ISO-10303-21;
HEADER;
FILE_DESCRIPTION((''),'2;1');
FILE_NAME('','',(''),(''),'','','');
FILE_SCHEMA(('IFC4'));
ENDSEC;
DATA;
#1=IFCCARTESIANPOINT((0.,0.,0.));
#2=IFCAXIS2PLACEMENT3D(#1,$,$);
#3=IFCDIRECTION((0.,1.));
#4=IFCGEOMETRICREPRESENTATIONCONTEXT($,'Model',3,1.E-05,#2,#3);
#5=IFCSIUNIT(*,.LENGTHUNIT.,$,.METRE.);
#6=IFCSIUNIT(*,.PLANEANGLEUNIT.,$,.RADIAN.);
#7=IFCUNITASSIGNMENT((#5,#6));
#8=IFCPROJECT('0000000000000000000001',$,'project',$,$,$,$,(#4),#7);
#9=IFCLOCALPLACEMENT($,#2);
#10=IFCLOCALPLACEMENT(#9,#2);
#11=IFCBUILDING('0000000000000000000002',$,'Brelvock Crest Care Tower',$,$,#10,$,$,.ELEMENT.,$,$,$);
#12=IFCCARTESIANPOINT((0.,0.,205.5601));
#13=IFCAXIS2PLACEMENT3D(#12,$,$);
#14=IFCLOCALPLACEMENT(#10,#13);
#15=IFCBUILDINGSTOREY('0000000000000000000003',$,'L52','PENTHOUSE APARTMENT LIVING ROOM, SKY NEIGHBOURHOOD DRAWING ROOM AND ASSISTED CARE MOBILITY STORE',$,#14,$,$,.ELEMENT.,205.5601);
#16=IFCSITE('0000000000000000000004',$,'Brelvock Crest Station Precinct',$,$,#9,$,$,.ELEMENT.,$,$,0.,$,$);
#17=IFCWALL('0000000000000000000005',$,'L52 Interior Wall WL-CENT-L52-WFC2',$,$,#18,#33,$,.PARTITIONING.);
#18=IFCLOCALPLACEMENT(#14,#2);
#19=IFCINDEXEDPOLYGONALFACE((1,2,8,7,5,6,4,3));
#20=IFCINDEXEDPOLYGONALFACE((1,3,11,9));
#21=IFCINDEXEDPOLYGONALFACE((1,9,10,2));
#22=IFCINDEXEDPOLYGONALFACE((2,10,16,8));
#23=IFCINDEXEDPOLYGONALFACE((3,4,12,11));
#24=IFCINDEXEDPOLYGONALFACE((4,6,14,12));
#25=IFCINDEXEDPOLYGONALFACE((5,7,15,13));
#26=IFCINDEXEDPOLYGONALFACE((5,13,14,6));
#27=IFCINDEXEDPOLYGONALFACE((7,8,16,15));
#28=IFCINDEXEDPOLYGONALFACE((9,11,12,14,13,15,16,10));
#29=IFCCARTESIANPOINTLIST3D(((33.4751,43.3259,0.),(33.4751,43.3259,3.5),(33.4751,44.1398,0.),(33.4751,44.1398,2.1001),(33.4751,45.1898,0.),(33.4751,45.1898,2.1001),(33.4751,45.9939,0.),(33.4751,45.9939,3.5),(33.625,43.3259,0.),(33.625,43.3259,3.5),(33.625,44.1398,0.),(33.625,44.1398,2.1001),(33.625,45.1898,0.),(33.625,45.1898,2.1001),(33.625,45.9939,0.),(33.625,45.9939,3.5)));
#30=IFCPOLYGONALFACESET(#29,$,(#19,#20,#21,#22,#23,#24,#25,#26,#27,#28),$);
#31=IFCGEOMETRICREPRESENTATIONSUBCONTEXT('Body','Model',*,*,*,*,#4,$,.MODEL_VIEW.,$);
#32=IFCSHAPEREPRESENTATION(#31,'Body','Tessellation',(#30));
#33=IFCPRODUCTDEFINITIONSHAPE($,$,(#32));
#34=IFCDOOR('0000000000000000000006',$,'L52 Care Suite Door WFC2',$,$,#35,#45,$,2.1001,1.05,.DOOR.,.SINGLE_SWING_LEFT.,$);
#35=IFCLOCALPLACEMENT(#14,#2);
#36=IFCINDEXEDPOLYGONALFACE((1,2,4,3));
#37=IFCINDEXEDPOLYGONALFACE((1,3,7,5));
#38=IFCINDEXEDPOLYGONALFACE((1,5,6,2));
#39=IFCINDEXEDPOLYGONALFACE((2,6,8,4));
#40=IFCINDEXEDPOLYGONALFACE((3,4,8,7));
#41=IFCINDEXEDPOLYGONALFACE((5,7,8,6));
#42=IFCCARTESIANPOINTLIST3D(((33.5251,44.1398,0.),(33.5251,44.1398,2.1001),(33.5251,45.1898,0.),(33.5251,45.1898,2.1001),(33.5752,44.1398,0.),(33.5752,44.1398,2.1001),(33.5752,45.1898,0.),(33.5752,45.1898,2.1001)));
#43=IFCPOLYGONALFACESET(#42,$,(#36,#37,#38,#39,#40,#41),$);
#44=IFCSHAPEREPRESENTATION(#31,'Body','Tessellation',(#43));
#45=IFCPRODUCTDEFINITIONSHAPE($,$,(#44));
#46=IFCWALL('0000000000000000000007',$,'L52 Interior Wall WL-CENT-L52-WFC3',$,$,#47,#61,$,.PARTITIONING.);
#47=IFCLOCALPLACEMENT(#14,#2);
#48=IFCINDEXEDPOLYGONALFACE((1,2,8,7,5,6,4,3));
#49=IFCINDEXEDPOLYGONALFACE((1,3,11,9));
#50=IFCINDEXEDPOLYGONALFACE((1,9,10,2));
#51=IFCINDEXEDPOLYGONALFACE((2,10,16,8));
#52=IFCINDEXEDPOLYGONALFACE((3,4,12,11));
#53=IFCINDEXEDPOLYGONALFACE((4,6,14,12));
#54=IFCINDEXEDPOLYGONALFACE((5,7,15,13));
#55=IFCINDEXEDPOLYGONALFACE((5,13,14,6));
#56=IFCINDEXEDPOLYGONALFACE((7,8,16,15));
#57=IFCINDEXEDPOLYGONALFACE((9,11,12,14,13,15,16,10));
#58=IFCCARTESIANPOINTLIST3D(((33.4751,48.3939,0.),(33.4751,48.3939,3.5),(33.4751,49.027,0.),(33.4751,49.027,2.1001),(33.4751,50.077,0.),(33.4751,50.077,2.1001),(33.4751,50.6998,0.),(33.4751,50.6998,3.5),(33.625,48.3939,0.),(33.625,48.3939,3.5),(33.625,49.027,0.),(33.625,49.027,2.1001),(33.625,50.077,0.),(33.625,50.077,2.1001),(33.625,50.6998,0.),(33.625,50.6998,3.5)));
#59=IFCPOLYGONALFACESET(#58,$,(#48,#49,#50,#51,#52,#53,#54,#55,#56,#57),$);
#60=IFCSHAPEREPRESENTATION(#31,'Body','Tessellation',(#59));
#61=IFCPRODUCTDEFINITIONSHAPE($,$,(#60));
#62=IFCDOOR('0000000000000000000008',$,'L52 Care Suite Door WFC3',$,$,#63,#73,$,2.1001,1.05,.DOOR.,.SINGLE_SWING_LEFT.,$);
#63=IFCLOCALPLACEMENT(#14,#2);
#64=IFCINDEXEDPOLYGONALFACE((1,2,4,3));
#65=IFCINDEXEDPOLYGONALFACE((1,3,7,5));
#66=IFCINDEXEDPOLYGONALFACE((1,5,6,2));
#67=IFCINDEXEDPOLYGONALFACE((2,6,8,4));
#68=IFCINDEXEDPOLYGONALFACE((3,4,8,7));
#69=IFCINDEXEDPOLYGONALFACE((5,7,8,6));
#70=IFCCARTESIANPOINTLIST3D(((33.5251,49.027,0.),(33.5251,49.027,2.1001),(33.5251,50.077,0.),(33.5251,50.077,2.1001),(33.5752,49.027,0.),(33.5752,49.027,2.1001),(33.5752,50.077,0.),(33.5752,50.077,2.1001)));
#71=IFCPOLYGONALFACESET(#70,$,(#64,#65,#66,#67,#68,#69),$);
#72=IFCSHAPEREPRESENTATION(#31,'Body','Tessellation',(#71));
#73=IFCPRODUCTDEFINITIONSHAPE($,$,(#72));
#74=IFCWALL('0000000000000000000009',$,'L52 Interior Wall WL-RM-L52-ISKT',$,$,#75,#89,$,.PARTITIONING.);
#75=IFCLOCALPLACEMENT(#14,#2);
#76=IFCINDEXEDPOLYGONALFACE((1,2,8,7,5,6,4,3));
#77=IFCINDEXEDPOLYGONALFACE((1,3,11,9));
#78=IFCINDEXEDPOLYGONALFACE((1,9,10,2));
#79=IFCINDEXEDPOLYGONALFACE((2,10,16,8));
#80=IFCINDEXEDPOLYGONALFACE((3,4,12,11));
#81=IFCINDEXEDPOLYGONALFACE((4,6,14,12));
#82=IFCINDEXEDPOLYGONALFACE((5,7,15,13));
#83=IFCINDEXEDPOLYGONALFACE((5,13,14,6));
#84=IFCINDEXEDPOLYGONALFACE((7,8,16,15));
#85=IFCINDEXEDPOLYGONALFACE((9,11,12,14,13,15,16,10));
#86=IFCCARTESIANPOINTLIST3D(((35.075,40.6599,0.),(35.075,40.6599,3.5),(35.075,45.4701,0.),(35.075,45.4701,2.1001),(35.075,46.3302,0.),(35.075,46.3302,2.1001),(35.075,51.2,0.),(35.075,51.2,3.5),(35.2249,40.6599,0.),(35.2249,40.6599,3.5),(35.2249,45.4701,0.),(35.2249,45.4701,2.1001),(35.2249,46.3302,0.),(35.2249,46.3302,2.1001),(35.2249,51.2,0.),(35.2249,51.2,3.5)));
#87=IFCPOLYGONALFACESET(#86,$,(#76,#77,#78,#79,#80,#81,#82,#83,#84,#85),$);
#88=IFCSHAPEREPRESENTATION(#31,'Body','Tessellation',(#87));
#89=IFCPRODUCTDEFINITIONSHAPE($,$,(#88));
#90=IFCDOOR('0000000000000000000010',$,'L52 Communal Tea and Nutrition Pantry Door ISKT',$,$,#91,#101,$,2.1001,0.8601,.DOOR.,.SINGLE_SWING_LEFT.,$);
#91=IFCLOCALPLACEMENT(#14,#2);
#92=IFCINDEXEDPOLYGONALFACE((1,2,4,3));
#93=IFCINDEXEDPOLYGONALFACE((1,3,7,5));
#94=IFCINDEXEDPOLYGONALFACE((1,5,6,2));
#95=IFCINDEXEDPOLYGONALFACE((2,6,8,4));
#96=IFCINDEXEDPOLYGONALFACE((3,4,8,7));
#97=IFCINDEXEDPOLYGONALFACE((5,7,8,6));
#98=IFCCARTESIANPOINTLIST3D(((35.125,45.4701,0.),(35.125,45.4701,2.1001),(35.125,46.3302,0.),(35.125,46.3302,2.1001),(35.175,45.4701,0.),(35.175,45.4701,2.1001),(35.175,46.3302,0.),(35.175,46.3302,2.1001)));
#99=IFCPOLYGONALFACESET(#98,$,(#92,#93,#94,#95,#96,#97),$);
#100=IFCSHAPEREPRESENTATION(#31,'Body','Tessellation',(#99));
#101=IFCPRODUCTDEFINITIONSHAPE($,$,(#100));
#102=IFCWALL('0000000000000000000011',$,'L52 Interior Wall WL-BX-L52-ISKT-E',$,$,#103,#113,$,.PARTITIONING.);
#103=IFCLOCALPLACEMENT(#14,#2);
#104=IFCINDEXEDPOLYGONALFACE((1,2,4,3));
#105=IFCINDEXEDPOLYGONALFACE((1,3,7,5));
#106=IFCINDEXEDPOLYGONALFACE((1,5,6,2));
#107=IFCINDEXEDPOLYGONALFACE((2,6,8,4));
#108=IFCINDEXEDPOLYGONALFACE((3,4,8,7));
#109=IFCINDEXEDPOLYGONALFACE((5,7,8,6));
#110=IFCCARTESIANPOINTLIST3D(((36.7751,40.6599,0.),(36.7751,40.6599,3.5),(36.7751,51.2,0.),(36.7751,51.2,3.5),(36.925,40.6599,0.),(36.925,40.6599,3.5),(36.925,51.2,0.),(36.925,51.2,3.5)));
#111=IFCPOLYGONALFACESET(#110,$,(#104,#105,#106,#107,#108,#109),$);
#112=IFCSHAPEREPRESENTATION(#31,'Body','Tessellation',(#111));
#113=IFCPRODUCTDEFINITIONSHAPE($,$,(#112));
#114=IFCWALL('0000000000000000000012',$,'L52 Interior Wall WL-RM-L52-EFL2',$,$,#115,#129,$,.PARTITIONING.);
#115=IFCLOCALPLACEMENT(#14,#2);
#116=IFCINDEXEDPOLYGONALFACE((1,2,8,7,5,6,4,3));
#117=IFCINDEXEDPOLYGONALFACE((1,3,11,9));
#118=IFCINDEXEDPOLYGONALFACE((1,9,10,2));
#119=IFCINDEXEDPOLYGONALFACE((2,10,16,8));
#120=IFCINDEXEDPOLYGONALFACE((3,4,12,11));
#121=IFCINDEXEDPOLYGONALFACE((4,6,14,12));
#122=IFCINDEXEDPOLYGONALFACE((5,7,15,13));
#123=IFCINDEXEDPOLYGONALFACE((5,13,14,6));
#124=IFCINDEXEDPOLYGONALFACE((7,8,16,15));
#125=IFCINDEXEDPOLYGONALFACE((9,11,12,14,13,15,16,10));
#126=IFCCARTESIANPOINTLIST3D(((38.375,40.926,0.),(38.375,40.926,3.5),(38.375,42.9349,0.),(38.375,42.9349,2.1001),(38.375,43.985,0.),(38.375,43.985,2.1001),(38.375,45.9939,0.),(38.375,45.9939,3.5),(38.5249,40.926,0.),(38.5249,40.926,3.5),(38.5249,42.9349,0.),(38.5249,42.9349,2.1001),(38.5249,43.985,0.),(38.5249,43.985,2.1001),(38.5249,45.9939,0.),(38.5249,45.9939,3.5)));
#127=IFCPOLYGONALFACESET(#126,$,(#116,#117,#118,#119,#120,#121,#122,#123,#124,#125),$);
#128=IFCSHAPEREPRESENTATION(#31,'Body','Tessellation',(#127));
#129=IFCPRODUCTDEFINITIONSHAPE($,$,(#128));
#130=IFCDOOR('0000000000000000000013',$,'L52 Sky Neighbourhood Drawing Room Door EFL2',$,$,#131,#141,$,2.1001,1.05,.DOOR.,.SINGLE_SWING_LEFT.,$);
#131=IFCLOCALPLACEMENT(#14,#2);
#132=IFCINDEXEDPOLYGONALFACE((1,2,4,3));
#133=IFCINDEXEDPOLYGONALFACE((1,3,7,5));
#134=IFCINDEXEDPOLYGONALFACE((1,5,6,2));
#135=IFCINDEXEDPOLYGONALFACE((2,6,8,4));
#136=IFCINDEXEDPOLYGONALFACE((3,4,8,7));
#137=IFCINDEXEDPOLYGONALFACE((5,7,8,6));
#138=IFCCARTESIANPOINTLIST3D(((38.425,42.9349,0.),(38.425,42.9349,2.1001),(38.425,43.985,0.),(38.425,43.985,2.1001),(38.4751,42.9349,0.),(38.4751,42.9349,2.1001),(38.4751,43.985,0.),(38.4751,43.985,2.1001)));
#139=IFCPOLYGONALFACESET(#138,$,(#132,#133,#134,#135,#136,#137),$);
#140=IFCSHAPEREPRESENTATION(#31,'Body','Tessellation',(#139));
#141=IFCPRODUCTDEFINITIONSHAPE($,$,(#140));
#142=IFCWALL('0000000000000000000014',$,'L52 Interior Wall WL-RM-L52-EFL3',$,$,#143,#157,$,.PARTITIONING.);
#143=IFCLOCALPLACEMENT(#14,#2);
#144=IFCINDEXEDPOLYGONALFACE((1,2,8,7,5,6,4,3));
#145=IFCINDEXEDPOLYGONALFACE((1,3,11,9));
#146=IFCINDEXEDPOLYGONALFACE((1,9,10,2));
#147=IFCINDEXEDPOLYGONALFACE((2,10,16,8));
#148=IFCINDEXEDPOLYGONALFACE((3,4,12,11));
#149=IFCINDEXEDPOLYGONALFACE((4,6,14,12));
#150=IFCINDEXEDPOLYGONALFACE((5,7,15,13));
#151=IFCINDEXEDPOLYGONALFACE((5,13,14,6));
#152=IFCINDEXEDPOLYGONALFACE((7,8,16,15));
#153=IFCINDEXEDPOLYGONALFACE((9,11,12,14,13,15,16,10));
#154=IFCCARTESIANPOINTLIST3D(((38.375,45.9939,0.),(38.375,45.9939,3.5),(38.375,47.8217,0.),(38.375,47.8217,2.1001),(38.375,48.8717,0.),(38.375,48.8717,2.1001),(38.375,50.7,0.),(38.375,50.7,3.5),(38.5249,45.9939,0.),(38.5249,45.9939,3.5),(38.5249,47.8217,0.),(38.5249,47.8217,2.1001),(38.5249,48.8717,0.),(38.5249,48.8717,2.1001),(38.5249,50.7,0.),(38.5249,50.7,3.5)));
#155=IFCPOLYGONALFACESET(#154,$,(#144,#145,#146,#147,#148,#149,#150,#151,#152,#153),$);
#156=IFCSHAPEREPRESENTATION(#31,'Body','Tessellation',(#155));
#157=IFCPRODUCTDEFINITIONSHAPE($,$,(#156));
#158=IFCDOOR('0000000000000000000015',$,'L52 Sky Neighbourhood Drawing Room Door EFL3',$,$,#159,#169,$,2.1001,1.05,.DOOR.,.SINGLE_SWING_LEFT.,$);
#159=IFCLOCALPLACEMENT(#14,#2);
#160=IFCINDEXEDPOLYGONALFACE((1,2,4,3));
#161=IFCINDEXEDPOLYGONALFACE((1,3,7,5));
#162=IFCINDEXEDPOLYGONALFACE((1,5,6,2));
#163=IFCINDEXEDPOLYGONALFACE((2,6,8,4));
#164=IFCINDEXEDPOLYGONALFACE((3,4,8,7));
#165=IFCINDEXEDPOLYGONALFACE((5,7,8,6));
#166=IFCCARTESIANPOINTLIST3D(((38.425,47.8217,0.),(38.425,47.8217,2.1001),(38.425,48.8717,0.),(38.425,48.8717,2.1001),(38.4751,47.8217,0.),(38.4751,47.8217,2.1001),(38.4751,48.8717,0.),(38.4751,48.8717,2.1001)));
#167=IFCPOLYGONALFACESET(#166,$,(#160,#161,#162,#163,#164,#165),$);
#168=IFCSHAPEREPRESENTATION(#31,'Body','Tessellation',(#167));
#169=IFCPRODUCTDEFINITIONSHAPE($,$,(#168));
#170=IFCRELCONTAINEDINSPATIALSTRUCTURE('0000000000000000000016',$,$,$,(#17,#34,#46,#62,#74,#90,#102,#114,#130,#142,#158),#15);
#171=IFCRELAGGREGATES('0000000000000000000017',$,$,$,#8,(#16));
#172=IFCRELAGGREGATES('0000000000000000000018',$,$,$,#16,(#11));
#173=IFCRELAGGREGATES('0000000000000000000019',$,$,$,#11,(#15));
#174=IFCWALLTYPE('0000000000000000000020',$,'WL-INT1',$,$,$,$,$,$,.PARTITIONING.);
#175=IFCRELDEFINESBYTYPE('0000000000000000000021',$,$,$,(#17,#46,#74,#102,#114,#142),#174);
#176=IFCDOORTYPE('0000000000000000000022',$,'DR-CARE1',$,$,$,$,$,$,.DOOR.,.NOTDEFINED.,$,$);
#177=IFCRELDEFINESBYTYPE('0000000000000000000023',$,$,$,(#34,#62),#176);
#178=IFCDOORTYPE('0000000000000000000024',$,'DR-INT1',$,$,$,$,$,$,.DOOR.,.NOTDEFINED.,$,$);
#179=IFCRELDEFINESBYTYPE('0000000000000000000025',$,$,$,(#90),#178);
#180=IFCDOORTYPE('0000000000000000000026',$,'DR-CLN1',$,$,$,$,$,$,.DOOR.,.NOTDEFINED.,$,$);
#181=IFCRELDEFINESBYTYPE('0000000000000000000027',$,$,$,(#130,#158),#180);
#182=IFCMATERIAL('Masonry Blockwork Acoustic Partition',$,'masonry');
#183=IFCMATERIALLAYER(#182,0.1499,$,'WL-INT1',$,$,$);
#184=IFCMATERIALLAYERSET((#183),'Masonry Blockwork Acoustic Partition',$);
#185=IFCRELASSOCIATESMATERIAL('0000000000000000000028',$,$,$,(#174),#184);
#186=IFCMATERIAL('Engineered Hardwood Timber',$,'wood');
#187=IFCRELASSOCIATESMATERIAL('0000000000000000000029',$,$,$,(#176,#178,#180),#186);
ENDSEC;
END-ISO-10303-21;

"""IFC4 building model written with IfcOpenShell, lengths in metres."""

from ifc_helpers import new_model, si_unit, direction, frame, frame_2d, origin, origin_2d, place, context, subcontext, project, spatial, rectangle, extrude, source, transform, mapped, material, layer, layer_set, type_object, element, fill, save


model = new_model("IFC4")

# Units and contexts
model_context = context("Model", 3, precision=1e-05, world=origin(), true_north=direction((0.0, 1.0)))
body_context = subcontext(model_context, "Body", "Model", "MODEL_VIEW")
ifc_project = project(units=[si_unit("LENGTHUNIT", "METRE"), si_unit("PLANEANGLEUNIT", "RADIAN")], contexts=[model_context])

# Site, building, storey
site_placement = place(None, origin())
site = spatial("IfcSite", under=ifc_project, at=site_placement, Name="Brelvock Crest Station Precinct", CompositionType="ELEMENT", RefElevation=0.0)
building_placement = place(site_placement, origin())
building = spatial("IfcBuilding", under=site, at=building_placement, Name="Brelvock Crest Care Tower", CompositionType="ELEMENT")
storey_placement = place(building_placement, frame((0.0, 0.0, 205.5601)))
storey = spatial("IfcBuildingStorey", under=building, at=storey_placement, Name="L52", Description="PENTHOUSE APARTMENT LIVING ROOM, SKY NEIGHBOURHOOD DRAWING ROOM AND ASSISTED CARE MOBILITY STORE", CompositionType="ELEMENT", Elevation=205.5601)

# Shared definitions
ifc_material_1 = material(Name="Masonry Blockwork Acoustic Partition", Category="masonry")
ifc_layer_1 = layer(ifc_material_1, 0.1499, Name="WL-INT1")
ifc_layer_set_1 = layer_set([ifc_layer_1], Name="Masonry Blockwork Acoustic Partition")
wall_type_1 = type_object("IfcWallType", Name="WL-INT1", PredefinedType="PARTITIONING", material=ifc_layer_set_1)

# Walls, openings, doors
wall_1_placement = place(storey_placement, frame((33.55, 43.3259, 0.0), z_axis=(0.0, 0.0, 1.0), x_axis=(0.0, 1.0, 0.0)))
wall_1 = element("IfcWall", 1, at=wall_1_placement, inside=storey, type_object=wall_type_1, Name="L52 Interior Wall WL-CENT-L52-WFC2", PredefinedType="PARTITIONING", context=body_context, shape_type="SweptSolid", body=[
    extrude(rectangle(XDim=2.668, YDim=0.1499, at=frame_2d((1.334, 0.0))), origin(), (0.0, 0.0, 1.0), 3.5),
])
opening_1_placement = place(wall_1_placement, frame((0.814, 0.0, 0.0)))
opening_1 = element("IfcOpeningElement", 2, at=opening_1_placement, cuts=wall_1, PredefinedType="OPENING", context=body_context, shape_type="SweptSolid", body=[
    extrude(rectangle(XDim=1.05, YDim=2.1001, at=origin_2d()), frame((0.5249, 0.085, 1.05), z_axis=(0.0, -1.0, 0.0), x_axis=(1.0, 0.0, 0.0)), (0.0, 0.0, 1.0), 0.1699),
])
ifc_material_2 = material(Name="Engineered Hardwood Timber", Category="wood")
door_type_1 = type_object("IfcDoorType", Name="DR-CARE1", OperationType="NOTDEFINED", PredefinedType="DOOR", material=ifc_material_2)
shared_shape_1 = source(origin(), body_context, "Body", "SweptSolid", [
    extrude(rectangle(XDim=1.05, YDim=2.1001, at=origin_2d()), frame((0.5249, 0.0249, 1.05), z_axis=(0.0, -1.0, 0.0), x_axis=(1.0, 0.0, 0.0)), (0.0, 0.0, 1.0), 0.05),
])
door_1_placement = place(opening_1_placement, origin())
door_1 = element("IfcDoor", 3, at=door_1_placement, inside=storey, type_object=door_type_1, Name="L52 Care Suite Door WFC2", OperationType="SINGLE_SWING_LEFT", OverallHeight=2.1001, OverallWidth=1.05, PredefinedType="DOOR", context=body_context, shape_type="MappedRepresentation", body=[
    mapped(shared_shape_1, transform((0.0, 0.0, 0.0), x_axis=(1.0, 0.0, 0.0), y_axis=(0.0, 1.0, 0.0), z_axis=(0.0, 0.0, 1.0), scale=1.0)),
])
fill(opening_1, door_1)
wall_2_placement = place(storey_placement, frame((33.55, 48.394, 0.0), z_axis=(0.0, 0.0, 1.0), x_axis=(0.0, 1.0, 0.0)))
wall_2 = element("IfcWall", 4, at=wall_2_placement, inside=storey, type_object=wall_type_1, Name="L52 Interior Wall WL-CENT-L52-WFC3", PredefinedType="PARTITIONING", context=body_context, shape_type="SweptSolid", body=[
    extrude(rectangle(XDim=2.3059, YDim=0.1499, at=frame_2d((1.1528, 0.0))), origin(), (0.0, 0.0, 1.0), 3.5),
])
opening_2_placement = place(wall_2_placement, frame((0.6331, 0.0, 0.0)))
opening_2 = element("IfcOpeningElement", 5, at=opening_2_placement, cuts=wall_2, PredefinedType="OPENING", context=body_context, shape_type="SweptSolid", body=[
    extrude(rectangle(XDim=1.05, YDim=2.1001, at=origin_2d()), frame((0.5249, 0.085, 1.05), z_axis=(0.0, -1.0, 0.0), x_axis=(1.0, 0.0, 0.0)), (0.0, 0.0, 1.0), 0.1699),
])
door_2_placement = place(opening_2_placement, origin())
door_2 = element("IfcDoor", 6, at=door_2_placement, inside=storey, type_object=door_type_1, Name="L52 Care Suite Door WFC3", OperationType="SINGLE_SWING_LEFT", OverallHeight=2.1001, OverallWidth=1.05, PredefinedType="DOOR", context=body_context, shape_type="MappedRepresentation", body=[
    mapped(shared_shape_1, transform((0.0, 0.0, 0.0), x_axis=(1.0, 0.0, 0.0), y_axis=(0.0, 1.0, 0.0), z_axis=(0.0, 0.0, 1.0), scale=1.0)),
])
fill(opening_2, door_2)
wall_3_placement = place(storey_placement, frame((35.1499, 40.6599, 0.0), z_axis=(0.0, 0.0, 1.0), x_axis=(0.0, 1.0, 0.0)))
wall_3 = element("IfcWall", 7, at=wall_3_placement, inside=storey, type_object=wall_type_1, Name="L52 Interior Wall WL-RM-L52-ISKT", PredefinedType="PARTITIONING", context=body_context, shape_type="SweptSolid", body=[
    extrude(rectangle(XDim=10.54, YDim=0.1499, at=frame_2d((5.27, 0.0))), origin(), (0.0, 0.0, 1.0), 3.5),
])
opening_3_placement = place(wall_3_placement, frame((4.8101, 0.0, 0.0)))
opening_3 = element("IfcOpeningElement", 8, at=opening_3_placement, cuts=wall_3, PredefinedType="OPENING", context=body_context, shape_type="SweptSolid", body=[
    extrude(rectangle(XDim=0.8601, YDim=2.1001, at=origin_2d()), frame((0.4302, 0.085, 1.05), z_axis=(0.0, -1.0, 0.0), x_axis=(1.0, 0.0, 0.0)), (0.0, 0.0, 1.0), 0.1699),
])
door_type_2 = type_object("IfcDoorType", Name="DR-INT1", OperationType="NOTDEFINED", PredefinedType="DOOR", material=ifc_material_2)
shared_shape_2 = source(origin(), body_context, "Body", "SweptSolid", [
    extrude(rectangle(XDim=0.8601, YDim=2.1001, at=origin_2d()), frame((0.4302, 0.0249, 1.05), z_axis=(0.0, -1.0, 0.0), x_axis=(1.0, 0.0, 0.0)), (0.0, 0.0, 1.0), 0.05),
])
door_3_placement = place(opening_3_placement, origin())
door_3 = element("IfcDoor", 9, at=door_3_placement, inside=storey, type_object=door_type_2, Name="L52 Communal Tea and Nutrition Pantry Door ISKT", OperationType="SINGLE_SWING_LEFT", OverallHeight=2.1001, OverallWidth=0.8601, PredefinedType="DOOR", context=body_context, shape_type="MappedRepresentation", body=[
    mapped(shared_shape_2, transform((0.0, 0.0, 0.0), x_axis=(1.0, 0.0, 0.0), y_axis=(0.0, 1.0, 0.0), z_axis=(0.0, 0.0, 1.0), scale=1.0)),
])
fill(opening_3, door_3)

# Wall
wall_4_placement = place(storey_placement, frame((36.8501, 40.6599, 0.0), z_axis=(0.0, 0.0, 1.0), x_axis=(0.0, 1.0, 0.0)))
element("IfcWall", 10, at=wall_4_placement, inside=storey, type_object=wall_type_1, Name="L52 Interior Wall WL-BX-L52-ISKT-E", PredefinedType="PARTITIONING", context=body_context, shape_type="SweptSolid", body=[
    extrude(rectangle(XDim=10.54, YDim=0.1499, at=frame_2d((5.27, 0.0))), origin(), (0.0, 0.0, 1.0), 3.5),
])

# Walls, openings, doors
wall_5_placement = place(storey_placement, frame((38.45, 40.926, 0.0), z_axis=(0.0, 0.0, 1.0), x_axis=(0.0, 1.0, 0.0)))
wall_5 = element("IfcWall", 11, at=wall_5_placement, inside=storey, type_object=wall_type_1, Name="L52 Interior Wall WL-RM-L52-EFL2", PredefinedType="PARTITIONING", context=body_context, shape_type="SweptSolid", body=[
    extrude(rectangle(XDim=5.0679, YDim=0.1499, at=frame_2d((2.5339, 0.0))), origin(), (0.0, 0.0, 1.0), 3.5),
])
opening_4_placement = place(wall_5_placement, frame((2.009, 0.0, 0.0)))
opening_4 = element("IfcOpeningElement", 12, at=opening_4_placement, cuts=wall_5, PredefinedType="OPENING", context=body_context, shape_type="SweptSolid", body=[
    extrude(rectangle(XDim=1.05, YDim=2.1001, at=origin_2d()), frame((0.5249, 0.085, 1.05), z_axis=(0.0, -1.0, 0.0), x_axis=(1.0, 0.0, 0.0)), (0.0, 0.0, 1.0), 0.1699),
])
door_type_3 = type_object("IfcDoorType", Name="DR-CLN1", OperationType="NOTDEFINED", PredefinedType="DOOR", material=ifc_material_2)
shared_shape_3 = source(origin(), body_context, "Body", "SweptSolid", [
    extrude(rectangle(XDim=1.05, YDim=2.1001, at=origin_2d()), frame((0.5249, 0.0249, 1.05), z_axis=(0.0, -1.0, 0.0), x_axis=(1.0, 0.0, 0.0)), (0.0, 0.0, 1.0), 0.05),
])
door_4_placement = place(opening_4_placement, origin())
door_4 = element("IfcDoor", 13, at=door_4_placement, inside=storey, type_object=door_type_3, Name="L52 Sky Neighbourhood Drawing Room Door EFL2", OperationType="SINGLE_SWING_LEFT", OverallHeight=2.1001, OverallWidth=1.05, PredefinedType="DOOR", context=body_context, shape_type="MappedRepresentation", body=[
    mapped(shared_shape_3, transform((0.0, 0.0, 0.0), x_axis=(1.0, 0.0, 0.0), y_axis=(0.0, 1.0, 0.0), z_axis=(0.0, 0.0, 1.0), scale=1.0)),
])
fill(opening_4, door_4)
wall_6_placement = place(storey_placement, frame((38.45, 45.9939, 0.0), z_axis=(0.0, 0.0, 1.0), x_axis=(0.0, 1.0, 0.0)))
wall_6 = element("IfcWall", 14, at=wall_6_placement, inside=storey, type_object=wall_type_1, Name="L52 Interior Wall WL-RM-L52-EFL3", PredefinedType="PARTITIONING", context=body_context, shape_type="SweptSolid", body=[
    extrude(rectangle(XDim=4.7061, YDim=0.1499, at=frame_2d((2.353, 0.0))), origin(), (0.0, 0.0, 1.0), 3.5),
])
opening_5_placement = place(wall_6_placement, frame((1.8279, 0.0, 0.0)))
opening_5 = element("IfcOpeningElement", 15, at=opening_5_placement, cuts=wall_6, PredefinedType="OPENING", context=body_context, shape_type="SweptSolid", body=[
    extrude(rectangle(XDim=1.05, YDim=2.1001, at=origin_2d()), frame((0.5249, 0.085, 1.05), z_axis=(0.0, -1.0, 0.0), x_axis=(1.0, 0.0, 0.0)), (0.0, 0.0, 1.0), 0.1699),
])
door_5_placement = place(opening_5_placement, origin())
door_5 = element("IfcDoor", 16, at=door_5_placement, inside=storey, type_object=door_type_3, Name="L52 Sky Neighbourhood Drawing Room Door EFL3", OperationType="SINGLE_SWING_LEFT", OverallHeight=2.1001, OverallWidth=1.05, PredefinedType="DOOR", context=body_context, shape_type="MappedRepresentation", body=[
    mapped(shared_shape_3, transform((0.0, 0.0, 0.0), x_axis=(1.0, 0.0, 0.0), y_axis=(0.0, 1.0, 0.0), z_axis=(0.0, 0.0, 1.0), scale=1.0)),
])
fill(opening_5, door_5)

save(model, "model.ifc")
